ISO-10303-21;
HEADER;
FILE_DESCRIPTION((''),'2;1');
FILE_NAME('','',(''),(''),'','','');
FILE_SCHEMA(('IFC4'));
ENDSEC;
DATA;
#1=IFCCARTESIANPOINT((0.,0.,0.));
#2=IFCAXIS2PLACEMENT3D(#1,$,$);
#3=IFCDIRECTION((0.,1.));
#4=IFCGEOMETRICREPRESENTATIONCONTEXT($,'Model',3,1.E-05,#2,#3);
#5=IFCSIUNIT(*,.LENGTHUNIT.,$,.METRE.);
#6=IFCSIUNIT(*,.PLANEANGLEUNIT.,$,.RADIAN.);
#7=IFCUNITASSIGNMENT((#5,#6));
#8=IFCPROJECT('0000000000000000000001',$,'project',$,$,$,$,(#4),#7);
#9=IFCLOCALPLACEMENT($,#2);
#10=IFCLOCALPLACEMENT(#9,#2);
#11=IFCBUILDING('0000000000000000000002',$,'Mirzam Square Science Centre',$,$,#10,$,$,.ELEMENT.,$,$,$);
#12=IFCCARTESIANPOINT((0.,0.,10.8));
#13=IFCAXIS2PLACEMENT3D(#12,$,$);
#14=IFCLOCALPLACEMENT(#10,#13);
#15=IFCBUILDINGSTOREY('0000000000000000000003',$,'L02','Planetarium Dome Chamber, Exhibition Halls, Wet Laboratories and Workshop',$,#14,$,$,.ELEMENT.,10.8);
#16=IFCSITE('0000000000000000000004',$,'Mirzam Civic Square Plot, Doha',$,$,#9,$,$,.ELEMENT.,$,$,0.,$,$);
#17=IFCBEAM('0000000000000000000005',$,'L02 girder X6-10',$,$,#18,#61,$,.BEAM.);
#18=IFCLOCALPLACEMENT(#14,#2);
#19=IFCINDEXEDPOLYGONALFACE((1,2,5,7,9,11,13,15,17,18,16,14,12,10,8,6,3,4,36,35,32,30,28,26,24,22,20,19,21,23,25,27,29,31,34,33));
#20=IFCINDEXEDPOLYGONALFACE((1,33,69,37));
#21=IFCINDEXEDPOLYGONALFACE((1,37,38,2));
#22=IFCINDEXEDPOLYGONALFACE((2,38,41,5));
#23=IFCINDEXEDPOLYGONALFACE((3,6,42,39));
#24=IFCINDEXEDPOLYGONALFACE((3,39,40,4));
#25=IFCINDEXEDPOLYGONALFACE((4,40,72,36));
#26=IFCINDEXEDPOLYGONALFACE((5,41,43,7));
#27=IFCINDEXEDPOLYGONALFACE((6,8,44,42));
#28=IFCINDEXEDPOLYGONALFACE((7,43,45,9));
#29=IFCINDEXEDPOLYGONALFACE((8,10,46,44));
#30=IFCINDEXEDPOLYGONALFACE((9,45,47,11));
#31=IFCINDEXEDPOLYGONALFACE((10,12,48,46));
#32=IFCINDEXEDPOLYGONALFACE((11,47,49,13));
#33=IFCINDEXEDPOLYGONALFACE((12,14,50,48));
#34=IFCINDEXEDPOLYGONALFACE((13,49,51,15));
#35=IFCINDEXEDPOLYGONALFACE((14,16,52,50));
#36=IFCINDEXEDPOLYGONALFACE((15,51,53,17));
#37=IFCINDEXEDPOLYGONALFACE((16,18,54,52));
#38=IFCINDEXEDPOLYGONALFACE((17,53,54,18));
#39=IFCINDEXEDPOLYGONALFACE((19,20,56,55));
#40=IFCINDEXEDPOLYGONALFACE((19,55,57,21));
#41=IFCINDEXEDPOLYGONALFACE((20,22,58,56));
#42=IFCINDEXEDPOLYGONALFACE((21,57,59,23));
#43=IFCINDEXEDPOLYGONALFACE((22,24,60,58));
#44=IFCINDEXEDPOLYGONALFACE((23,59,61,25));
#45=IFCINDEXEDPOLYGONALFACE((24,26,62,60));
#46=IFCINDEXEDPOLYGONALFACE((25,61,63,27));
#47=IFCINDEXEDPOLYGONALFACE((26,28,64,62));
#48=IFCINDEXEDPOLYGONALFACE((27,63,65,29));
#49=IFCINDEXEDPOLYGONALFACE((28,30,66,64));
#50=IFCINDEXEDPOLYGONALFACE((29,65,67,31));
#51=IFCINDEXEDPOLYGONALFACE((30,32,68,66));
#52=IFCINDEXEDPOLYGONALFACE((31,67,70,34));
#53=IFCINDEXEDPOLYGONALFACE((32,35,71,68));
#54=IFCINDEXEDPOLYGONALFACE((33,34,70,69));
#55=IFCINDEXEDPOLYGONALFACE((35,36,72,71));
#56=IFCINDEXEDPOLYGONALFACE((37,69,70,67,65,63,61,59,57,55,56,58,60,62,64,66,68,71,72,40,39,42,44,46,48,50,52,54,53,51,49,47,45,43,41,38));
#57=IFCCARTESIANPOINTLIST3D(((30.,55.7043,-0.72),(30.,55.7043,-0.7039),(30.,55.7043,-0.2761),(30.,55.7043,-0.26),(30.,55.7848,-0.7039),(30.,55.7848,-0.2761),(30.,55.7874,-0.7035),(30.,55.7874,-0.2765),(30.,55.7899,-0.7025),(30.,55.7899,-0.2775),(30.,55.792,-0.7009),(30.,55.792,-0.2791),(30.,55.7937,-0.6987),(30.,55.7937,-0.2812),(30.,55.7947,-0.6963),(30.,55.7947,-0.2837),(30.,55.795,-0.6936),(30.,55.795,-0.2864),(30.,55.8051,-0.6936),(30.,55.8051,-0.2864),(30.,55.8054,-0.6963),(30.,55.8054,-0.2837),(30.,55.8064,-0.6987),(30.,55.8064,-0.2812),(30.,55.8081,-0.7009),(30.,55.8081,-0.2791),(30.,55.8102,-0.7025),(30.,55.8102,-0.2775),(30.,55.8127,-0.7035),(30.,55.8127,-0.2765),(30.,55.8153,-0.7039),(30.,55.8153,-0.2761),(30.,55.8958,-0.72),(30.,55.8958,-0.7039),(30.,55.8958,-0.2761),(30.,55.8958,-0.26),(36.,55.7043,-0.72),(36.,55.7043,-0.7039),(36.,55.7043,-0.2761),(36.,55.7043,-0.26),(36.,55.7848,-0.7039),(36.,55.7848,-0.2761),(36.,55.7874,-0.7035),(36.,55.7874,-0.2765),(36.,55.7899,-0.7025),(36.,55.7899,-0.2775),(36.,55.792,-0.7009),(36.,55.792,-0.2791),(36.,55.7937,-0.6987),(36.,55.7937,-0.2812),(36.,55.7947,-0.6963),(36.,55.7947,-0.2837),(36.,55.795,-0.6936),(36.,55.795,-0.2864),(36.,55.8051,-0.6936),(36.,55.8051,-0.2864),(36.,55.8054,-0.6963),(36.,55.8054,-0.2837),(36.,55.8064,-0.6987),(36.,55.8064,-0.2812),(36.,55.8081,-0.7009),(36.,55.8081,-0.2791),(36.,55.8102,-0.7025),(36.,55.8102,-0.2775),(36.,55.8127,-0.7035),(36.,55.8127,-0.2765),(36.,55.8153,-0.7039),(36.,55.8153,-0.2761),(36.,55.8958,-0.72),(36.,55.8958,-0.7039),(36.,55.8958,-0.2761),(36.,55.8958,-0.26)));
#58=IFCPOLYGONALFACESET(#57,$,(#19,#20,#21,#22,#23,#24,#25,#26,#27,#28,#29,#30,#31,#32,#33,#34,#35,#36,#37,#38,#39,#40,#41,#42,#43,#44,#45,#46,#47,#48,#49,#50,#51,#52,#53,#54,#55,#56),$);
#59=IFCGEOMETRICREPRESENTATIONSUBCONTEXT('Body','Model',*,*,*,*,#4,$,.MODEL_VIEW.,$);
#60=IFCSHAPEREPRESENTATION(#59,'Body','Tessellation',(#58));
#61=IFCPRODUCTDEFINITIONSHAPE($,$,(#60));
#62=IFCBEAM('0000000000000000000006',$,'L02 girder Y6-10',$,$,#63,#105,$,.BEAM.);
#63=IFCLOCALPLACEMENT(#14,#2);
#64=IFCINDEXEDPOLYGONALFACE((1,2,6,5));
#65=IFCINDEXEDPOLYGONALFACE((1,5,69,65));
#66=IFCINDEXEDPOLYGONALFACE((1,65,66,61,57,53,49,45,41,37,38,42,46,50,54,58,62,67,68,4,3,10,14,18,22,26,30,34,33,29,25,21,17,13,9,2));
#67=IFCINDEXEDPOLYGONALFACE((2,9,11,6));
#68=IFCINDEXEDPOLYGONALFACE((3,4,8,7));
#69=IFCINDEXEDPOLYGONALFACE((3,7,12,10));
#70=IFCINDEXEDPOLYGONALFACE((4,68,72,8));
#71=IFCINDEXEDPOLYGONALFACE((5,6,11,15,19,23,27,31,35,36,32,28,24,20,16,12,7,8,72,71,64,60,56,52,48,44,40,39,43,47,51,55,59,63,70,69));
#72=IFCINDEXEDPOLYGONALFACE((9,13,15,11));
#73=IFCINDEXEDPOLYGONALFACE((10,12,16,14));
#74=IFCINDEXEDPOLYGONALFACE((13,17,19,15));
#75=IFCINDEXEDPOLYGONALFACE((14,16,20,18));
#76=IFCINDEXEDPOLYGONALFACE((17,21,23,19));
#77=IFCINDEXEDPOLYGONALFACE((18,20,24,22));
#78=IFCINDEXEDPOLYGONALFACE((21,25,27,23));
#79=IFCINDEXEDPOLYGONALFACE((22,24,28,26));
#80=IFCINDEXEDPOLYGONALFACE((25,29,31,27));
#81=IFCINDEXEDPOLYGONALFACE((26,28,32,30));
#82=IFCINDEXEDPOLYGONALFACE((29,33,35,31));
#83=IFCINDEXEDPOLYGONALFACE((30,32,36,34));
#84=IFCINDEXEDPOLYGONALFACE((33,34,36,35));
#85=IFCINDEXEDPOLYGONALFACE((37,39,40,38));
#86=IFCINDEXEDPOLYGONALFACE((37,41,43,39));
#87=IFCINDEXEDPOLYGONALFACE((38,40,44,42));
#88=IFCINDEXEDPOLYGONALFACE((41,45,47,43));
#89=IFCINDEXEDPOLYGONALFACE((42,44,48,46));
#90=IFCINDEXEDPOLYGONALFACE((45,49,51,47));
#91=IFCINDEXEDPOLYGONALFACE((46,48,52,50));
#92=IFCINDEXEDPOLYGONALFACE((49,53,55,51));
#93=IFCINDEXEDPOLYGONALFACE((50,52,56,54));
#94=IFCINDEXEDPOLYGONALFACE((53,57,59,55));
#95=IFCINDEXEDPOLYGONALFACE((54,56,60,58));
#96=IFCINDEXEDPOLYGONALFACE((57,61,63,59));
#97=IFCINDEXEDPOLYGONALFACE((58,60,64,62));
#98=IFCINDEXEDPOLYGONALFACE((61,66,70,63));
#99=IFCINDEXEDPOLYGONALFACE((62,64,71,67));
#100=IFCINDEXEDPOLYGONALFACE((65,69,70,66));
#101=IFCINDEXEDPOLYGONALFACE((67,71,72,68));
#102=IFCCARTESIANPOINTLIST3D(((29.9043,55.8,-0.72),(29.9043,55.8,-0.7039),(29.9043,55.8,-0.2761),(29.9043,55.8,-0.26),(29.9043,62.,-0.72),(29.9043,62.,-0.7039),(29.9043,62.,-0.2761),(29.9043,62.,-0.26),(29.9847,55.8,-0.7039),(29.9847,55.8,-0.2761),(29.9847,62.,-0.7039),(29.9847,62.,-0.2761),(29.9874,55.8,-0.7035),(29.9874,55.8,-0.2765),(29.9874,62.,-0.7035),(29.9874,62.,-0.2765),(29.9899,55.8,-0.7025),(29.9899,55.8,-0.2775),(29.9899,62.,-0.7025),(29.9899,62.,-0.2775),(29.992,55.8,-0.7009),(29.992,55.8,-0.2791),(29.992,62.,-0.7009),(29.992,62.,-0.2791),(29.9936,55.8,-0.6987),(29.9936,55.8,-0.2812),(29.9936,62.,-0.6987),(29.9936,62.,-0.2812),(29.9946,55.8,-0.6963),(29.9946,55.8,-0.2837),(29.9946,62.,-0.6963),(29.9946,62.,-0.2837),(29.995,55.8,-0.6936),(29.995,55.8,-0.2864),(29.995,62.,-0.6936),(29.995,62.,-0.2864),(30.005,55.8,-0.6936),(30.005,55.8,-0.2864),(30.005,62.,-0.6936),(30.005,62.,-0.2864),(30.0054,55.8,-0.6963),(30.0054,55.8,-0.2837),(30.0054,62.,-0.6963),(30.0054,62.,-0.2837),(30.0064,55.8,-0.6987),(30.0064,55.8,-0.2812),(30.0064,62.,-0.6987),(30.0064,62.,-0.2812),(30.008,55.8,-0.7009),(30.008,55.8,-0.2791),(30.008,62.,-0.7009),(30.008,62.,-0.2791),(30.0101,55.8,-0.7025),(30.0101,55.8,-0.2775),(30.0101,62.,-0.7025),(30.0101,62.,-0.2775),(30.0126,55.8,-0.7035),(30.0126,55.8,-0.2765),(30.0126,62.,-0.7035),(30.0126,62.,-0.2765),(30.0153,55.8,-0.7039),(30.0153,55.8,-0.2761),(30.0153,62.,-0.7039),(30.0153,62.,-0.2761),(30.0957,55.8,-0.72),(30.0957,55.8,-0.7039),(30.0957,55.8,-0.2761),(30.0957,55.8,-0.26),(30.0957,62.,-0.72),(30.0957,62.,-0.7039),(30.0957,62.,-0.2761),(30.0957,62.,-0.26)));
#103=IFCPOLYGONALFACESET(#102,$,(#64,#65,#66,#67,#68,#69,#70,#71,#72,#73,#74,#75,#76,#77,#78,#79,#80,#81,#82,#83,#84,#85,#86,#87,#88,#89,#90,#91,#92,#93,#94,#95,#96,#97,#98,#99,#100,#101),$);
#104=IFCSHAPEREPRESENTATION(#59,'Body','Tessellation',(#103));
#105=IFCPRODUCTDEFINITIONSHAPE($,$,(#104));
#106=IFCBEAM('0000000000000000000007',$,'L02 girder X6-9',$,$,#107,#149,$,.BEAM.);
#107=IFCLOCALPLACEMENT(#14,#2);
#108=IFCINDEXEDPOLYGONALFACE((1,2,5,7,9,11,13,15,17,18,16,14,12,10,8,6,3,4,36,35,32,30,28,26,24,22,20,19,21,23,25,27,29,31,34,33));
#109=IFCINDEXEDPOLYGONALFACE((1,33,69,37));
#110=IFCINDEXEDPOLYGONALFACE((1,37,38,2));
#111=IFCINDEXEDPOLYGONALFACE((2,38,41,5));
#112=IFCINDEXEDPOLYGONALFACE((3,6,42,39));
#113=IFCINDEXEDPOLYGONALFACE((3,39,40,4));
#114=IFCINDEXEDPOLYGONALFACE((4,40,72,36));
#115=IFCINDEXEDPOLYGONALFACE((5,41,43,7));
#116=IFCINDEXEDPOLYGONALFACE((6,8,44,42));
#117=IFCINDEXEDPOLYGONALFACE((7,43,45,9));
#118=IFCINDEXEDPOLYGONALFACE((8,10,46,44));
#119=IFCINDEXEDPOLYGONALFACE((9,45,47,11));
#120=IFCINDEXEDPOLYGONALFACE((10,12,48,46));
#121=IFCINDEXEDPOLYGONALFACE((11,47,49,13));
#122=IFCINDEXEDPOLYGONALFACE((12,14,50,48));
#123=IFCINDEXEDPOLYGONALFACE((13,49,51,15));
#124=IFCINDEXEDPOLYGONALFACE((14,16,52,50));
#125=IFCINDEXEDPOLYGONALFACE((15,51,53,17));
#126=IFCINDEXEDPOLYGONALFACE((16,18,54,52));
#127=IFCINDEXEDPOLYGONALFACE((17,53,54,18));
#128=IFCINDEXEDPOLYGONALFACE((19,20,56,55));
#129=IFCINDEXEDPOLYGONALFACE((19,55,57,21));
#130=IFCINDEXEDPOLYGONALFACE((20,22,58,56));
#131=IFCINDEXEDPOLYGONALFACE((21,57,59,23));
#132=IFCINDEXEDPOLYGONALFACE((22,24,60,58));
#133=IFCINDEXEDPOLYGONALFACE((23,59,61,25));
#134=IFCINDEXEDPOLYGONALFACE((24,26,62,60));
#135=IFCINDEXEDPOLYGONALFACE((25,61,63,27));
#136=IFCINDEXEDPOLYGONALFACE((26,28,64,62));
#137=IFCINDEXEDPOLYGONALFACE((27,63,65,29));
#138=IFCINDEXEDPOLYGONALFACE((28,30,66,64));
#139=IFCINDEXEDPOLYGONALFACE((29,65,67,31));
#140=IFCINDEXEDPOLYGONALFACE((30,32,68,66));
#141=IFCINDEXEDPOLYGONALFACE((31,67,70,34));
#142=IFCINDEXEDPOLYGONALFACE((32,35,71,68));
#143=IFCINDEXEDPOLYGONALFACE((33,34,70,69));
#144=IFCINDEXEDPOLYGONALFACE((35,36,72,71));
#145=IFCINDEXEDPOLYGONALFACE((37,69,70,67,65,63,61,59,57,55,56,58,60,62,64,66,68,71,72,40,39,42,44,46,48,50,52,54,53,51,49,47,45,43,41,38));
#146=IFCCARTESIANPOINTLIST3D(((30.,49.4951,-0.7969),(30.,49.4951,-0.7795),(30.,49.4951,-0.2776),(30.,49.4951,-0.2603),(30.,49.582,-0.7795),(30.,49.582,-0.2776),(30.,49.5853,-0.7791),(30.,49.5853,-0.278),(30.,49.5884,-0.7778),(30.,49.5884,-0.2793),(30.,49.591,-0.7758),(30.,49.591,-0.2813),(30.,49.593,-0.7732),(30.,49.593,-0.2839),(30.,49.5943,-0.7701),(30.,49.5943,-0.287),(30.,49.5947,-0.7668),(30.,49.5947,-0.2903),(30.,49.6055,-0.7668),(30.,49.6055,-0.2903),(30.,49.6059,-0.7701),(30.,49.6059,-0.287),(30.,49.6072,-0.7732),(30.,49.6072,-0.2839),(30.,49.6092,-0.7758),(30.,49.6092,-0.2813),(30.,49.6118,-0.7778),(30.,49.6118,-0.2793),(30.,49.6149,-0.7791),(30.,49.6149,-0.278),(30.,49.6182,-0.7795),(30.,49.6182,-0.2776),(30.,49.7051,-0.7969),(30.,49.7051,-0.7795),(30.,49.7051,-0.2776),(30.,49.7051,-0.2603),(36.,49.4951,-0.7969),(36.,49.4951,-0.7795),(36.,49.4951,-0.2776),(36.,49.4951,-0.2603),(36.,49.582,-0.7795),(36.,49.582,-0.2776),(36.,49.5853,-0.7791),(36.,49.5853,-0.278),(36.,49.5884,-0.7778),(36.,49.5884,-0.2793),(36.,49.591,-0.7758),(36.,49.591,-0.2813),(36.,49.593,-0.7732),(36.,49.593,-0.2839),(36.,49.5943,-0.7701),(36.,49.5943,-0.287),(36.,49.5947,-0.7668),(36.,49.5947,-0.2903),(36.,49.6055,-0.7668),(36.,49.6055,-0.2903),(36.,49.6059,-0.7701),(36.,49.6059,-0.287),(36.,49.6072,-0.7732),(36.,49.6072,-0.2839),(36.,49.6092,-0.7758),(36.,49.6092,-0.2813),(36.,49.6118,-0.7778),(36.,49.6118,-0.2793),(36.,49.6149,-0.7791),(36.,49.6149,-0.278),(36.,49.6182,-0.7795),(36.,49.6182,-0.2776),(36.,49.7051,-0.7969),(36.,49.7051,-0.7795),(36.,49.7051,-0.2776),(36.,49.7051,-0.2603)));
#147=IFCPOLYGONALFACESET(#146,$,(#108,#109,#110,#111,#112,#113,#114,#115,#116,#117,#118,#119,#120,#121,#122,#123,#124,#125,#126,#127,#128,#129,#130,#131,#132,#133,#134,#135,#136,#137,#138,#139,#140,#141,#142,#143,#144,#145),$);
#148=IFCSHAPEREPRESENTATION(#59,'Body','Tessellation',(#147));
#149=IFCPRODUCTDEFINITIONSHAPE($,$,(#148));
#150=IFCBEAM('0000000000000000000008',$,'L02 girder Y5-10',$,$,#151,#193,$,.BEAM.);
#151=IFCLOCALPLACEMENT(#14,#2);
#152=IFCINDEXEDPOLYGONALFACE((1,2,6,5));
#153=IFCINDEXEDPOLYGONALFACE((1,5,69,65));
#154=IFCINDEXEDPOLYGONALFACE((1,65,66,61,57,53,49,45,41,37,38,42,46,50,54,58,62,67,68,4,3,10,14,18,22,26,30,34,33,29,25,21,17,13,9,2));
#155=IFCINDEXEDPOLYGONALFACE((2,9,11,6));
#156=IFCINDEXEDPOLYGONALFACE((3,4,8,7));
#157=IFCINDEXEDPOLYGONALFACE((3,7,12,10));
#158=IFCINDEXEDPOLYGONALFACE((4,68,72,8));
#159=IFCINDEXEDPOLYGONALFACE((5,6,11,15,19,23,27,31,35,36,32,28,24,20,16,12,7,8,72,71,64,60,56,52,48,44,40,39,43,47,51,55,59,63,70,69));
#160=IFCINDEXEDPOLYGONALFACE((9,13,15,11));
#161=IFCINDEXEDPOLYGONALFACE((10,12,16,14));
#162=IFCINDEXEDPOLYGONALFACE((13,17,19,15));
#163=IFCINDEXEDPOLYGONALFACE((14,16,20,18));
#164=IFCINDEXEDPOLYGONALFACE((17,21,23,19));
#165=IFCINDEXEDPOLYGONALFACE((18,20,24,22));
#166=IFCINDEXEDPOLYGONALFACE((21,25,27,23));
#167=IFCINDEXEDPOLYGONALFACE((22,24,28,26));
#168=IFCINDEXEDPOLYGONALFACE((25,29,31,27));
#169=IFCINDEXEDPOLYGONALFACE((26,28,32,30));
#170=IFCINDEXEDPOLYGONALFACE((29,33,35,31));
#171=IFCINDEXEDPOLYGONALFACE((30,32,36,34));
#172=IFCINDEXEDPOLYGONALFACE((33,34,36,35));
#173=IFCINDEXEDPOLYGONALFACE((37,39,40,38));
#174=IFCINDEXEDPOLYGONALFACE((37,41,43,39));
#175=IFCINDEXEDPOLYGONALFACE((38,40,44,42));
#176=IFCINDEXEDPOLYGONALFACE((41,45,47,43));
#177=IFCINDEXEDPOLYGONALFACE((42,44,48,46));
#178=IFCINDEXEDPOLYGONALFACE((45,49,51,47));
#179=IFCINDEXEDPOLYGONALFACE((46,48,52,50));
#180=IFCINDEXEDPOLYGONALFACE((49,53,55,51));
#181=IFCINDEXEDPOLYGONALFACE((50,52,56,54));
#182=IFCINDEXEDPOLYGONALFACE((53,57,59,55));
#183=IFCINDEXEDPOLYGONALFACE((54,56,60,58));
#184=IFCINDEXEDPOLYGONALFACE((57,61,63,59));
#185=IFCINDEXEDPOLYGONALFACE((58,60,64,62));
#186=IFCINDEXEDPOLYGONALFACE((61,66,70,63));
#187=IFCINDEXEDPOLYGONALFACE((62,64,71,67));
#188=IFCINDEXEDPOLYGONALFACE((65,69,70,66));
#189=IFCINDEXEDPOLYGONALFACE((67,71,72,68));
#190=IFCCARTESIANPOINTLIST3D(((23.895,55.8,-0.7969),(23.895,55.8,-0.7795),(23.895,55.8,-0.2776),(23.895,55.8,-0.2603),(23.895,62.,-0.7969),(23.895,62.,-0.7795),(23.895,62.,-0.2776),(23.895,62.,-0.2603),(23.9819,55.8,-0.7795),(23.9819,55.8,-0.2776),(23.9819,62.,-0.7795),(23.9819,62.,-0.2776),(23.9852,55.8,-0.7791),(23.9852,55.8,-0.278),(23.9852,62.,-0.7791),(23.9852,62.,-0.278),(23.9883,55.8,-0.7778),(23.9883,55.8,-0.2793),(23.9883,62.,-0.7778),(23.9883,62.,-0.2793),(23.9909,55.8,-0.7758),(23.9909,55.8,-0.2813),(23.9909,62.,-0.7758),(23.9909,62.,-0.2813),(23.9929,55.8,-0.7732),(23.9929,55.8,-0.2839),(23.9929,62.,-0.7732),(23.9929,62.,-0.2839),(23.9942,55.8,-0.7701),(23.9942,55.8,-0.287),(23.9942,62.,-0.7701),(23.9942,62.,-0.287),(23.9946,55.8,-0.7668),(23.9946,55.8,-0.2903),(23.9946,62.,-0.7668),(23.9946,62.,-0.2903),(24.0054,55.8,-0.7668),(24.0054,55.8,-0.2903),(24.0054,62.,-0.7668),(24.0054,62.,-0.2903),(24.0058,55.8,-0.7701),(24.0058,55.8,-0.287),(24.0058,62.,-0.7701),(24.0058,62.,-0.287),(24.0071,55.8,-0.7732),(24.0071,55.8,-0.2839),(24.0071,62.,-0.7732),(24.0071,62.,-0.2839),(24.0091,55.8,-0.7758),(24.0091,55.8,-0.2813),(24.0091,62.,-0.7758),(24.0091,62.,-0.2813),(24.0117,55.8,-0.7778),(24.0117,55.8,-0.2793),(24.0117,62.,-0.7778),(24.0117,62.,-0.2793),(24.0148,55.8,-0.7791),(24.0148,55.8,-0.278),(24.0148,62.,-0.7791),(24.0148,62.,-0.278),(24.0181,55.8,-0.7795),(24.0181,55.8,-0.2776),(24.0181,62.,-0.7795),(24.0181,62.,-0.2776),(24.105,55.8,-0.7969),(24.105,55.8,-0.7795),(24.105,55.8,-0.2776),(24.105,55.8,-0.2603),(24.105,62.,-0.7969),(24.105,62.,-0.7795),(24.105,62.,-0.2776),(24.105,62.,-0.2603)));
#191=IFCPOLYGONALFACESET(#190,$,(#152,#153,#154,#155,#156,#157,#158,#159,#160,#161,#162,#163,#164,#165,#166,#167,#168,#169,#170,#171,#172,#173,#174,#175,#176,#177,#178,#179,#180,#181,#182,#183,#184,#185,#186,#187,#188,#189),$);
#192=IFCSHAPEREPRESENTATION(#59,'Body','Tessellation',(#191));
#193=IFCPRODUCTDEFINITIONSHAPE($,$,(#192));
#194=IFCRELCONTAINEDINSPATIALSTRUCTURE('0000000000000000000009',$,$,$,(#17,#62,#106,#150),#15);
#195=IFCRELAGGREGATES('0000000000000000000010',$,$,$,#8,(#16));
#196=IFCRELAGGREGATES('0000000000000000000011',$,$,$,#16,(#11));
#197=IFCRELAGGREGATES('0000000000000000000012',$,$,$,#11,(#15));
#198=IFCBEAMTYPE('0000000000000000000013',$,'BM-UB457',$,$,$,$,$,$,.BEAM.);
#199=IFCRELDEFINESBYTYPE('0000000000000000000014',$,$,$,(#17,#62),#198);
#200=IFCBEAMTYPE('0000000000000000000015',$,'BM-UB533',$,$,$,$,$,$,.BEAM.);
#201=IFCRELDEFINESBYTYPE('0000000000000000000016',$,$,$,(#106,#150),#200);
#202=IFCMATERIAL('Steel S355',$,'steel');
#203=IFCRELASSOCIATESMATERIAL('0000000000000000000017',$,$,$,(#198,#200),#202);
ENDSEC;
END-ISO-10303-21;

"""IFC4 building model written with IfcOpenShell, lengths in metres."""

from ifc_helpers import new_model, si_unit, direction, frame, origin, origin_2d, place, context, subcontext, project, spatial, i_section, extrude, material, material_profile, profile_set, type_object, element, save


model = new_model("IFC4")

# Units and contexts
model_context = context("Model", 3, precision=1e-05, world=origin(), true_north=direction((0.0, 1.0)))
body_context = subcontext(model_context, "Body", "Model", "MODEL_VIEW")
ifc_project = project(units=[si_unit("LENGTHUNIT", "METRE"), si_unit("PLANEANGLEUNIT", "RADIAN")], contexts=[model_context])

# Site, building, storey
site_placement = place(None, origin())
site = spatial("IfcSite", under=ifc_project, at=site_placement, Name="Mirzam Civic Square Plot, Doha", CompositionType="ELEMENT", RefElevation=0.0)
building_placement = place(site_placement, origin())
building = spatial("IfcBuilding", under=site, at=building_placement, Name="Mirzam Square Science Centre", CompositionType="ELEMENT")
storey_placement = place(building_placement, frame((0.0, 0.0, 10.8)))
storey = spatial("IfcBuildingStorey", under=building, at=storey_placement, Name="L02", Description="Planetarium Dome Chamber, Exhibition Halls, Wet Laboratories and Workshop", CompositionType="ELEMENT", Elevation=10.8)

# Shared definitions
ifc_material_1 = material(Name="Steel S355", Category="steel")

# Beams
ifc_material_profile_1 = material_profile(ifc_material_1, i_section(OverallWidth=0.1914, OverallDepth=0.46, WebThickness=0.01, FlangeThickness=0.0161, FilletRadius=0.0103, at=origin_2d()), Name="457x191x82UB")
ifc_profile_set_1 = profile_set([ifc_material_profile_1], Name="Steel S355")
beam_type_1 = type_object("IfcBeamType", Name="BM-UB457", PredefinedType="BEAM", material=ifc_profile_set_1)
beam_1_placement = place(storey_placement, frame((30.0, 55.8, -0.49), z_axis=(1.0, 0.0, 0.0), x_axis=(0.0, 1.0, 0.0)))
element("IfcBeam", 1, at=beam_1_placement, inside=storey, type_object=beam_type_1, Name="L02 girder X6-10", PredefinedType="BEAM", context=body_context, shape_type="SweptSolid", body=[
    extrude(i_section(OverallWidth=0.1914, OverallDepth=0.46, WebThickness=0.01, FlangeThickness=0.0161, FilletRadius=0.0103, at=origin_2d()), origin(), (0.0, 0.0, 1.0), 6.0),
])
beam_2_placement = place(storey_placement, frame((30.0, 55.8, -0.49), z_axis=(0.0, 1.0, 0.0), x_axis=(-1.0, 0.0, 0.0)))
element("IfcBeam", 2, at=beam_2_placement, inside=storey, type_object=beam_type_1, Name="L02 girder Y6-10", PredefinedType="BEAM", context=body_context, shape_type="SweptSolid", body=[
    extrude(i_section(OverallWidth=0.1914, OverallDepth=0.46, WebThickness=0.01, FlangeThickness=0.0161, FilletRadius=0.0103, at=origin_2d()), origin(), (0.0, 0.0, 1.0), 6.2),
])
ifc_material_profile_2 = material_profile(ifc_material_1, i_section(OverallWidth=0.21, OverallDepth=0.5366, WebThickness=0.0107, FlangeThickness=0.0173, FilletRadius=0.0127, at=origin_2d()), Name="533x210x101UB")
ifc_profile_set_2 = profile_set([ifc_material_profile_2], Name="Steel S355")
beam_type_2 = type_object("IfcBeamType", Name="BM-UB533", PredefinedType="BEAM", material=ifc_profile_set_2)
beam_3_placement = place(storey_placement, frame((30.0, 49.6001, -0.5286), z_axis=(1.0, 0.0, 0.0), x_axis=(0.0, 1.0, 0.0)))
element("IfcBeam", 3, at=beam_3_placement, inside=storey, type_object=beam_type_2, Name="L02 girder X6-9", PredefinedType="BEAM", context=body_context, shape_type="SweptSolid", body=[
    extrude(i_section(OverallWidth=0.21, OverallDepth=0.5366, WebThickness=0.0107, FlangeThickness=0.0173, FilletRadius=0.0127, at=origin_2d()), origin(), (0.0, 0.0, 1.0), 6.0),
])
for number, where, z_axis, x_axis, name in (
    (4, (24.0, 55.8, -0.5286), (0.0, 1.0, 0.0), (-1.0, 0.0, 0.0), "L02 girder Y5-10"),
):
    element("IfcBeam", number, at=place(storey_placement, frame(where, z_axis=z_axis, x_axis=x_axis)), inside=storey, type_object=beam_type_2, Name=name, PredefinedType="BEAM", context=body_context, shape_type="SweptSolid", body=[
        extrude(i_section(OverallWidth=0.21, OverallDepth=0.5366, WebThickness=0.0107, FlangeThickness=0.0173, FilletRadius=0.0127, at=origin_2d()), origin(), (0.0, 0.0, 1.0), 6.2),
    ])

save(model, "model.ifc")
